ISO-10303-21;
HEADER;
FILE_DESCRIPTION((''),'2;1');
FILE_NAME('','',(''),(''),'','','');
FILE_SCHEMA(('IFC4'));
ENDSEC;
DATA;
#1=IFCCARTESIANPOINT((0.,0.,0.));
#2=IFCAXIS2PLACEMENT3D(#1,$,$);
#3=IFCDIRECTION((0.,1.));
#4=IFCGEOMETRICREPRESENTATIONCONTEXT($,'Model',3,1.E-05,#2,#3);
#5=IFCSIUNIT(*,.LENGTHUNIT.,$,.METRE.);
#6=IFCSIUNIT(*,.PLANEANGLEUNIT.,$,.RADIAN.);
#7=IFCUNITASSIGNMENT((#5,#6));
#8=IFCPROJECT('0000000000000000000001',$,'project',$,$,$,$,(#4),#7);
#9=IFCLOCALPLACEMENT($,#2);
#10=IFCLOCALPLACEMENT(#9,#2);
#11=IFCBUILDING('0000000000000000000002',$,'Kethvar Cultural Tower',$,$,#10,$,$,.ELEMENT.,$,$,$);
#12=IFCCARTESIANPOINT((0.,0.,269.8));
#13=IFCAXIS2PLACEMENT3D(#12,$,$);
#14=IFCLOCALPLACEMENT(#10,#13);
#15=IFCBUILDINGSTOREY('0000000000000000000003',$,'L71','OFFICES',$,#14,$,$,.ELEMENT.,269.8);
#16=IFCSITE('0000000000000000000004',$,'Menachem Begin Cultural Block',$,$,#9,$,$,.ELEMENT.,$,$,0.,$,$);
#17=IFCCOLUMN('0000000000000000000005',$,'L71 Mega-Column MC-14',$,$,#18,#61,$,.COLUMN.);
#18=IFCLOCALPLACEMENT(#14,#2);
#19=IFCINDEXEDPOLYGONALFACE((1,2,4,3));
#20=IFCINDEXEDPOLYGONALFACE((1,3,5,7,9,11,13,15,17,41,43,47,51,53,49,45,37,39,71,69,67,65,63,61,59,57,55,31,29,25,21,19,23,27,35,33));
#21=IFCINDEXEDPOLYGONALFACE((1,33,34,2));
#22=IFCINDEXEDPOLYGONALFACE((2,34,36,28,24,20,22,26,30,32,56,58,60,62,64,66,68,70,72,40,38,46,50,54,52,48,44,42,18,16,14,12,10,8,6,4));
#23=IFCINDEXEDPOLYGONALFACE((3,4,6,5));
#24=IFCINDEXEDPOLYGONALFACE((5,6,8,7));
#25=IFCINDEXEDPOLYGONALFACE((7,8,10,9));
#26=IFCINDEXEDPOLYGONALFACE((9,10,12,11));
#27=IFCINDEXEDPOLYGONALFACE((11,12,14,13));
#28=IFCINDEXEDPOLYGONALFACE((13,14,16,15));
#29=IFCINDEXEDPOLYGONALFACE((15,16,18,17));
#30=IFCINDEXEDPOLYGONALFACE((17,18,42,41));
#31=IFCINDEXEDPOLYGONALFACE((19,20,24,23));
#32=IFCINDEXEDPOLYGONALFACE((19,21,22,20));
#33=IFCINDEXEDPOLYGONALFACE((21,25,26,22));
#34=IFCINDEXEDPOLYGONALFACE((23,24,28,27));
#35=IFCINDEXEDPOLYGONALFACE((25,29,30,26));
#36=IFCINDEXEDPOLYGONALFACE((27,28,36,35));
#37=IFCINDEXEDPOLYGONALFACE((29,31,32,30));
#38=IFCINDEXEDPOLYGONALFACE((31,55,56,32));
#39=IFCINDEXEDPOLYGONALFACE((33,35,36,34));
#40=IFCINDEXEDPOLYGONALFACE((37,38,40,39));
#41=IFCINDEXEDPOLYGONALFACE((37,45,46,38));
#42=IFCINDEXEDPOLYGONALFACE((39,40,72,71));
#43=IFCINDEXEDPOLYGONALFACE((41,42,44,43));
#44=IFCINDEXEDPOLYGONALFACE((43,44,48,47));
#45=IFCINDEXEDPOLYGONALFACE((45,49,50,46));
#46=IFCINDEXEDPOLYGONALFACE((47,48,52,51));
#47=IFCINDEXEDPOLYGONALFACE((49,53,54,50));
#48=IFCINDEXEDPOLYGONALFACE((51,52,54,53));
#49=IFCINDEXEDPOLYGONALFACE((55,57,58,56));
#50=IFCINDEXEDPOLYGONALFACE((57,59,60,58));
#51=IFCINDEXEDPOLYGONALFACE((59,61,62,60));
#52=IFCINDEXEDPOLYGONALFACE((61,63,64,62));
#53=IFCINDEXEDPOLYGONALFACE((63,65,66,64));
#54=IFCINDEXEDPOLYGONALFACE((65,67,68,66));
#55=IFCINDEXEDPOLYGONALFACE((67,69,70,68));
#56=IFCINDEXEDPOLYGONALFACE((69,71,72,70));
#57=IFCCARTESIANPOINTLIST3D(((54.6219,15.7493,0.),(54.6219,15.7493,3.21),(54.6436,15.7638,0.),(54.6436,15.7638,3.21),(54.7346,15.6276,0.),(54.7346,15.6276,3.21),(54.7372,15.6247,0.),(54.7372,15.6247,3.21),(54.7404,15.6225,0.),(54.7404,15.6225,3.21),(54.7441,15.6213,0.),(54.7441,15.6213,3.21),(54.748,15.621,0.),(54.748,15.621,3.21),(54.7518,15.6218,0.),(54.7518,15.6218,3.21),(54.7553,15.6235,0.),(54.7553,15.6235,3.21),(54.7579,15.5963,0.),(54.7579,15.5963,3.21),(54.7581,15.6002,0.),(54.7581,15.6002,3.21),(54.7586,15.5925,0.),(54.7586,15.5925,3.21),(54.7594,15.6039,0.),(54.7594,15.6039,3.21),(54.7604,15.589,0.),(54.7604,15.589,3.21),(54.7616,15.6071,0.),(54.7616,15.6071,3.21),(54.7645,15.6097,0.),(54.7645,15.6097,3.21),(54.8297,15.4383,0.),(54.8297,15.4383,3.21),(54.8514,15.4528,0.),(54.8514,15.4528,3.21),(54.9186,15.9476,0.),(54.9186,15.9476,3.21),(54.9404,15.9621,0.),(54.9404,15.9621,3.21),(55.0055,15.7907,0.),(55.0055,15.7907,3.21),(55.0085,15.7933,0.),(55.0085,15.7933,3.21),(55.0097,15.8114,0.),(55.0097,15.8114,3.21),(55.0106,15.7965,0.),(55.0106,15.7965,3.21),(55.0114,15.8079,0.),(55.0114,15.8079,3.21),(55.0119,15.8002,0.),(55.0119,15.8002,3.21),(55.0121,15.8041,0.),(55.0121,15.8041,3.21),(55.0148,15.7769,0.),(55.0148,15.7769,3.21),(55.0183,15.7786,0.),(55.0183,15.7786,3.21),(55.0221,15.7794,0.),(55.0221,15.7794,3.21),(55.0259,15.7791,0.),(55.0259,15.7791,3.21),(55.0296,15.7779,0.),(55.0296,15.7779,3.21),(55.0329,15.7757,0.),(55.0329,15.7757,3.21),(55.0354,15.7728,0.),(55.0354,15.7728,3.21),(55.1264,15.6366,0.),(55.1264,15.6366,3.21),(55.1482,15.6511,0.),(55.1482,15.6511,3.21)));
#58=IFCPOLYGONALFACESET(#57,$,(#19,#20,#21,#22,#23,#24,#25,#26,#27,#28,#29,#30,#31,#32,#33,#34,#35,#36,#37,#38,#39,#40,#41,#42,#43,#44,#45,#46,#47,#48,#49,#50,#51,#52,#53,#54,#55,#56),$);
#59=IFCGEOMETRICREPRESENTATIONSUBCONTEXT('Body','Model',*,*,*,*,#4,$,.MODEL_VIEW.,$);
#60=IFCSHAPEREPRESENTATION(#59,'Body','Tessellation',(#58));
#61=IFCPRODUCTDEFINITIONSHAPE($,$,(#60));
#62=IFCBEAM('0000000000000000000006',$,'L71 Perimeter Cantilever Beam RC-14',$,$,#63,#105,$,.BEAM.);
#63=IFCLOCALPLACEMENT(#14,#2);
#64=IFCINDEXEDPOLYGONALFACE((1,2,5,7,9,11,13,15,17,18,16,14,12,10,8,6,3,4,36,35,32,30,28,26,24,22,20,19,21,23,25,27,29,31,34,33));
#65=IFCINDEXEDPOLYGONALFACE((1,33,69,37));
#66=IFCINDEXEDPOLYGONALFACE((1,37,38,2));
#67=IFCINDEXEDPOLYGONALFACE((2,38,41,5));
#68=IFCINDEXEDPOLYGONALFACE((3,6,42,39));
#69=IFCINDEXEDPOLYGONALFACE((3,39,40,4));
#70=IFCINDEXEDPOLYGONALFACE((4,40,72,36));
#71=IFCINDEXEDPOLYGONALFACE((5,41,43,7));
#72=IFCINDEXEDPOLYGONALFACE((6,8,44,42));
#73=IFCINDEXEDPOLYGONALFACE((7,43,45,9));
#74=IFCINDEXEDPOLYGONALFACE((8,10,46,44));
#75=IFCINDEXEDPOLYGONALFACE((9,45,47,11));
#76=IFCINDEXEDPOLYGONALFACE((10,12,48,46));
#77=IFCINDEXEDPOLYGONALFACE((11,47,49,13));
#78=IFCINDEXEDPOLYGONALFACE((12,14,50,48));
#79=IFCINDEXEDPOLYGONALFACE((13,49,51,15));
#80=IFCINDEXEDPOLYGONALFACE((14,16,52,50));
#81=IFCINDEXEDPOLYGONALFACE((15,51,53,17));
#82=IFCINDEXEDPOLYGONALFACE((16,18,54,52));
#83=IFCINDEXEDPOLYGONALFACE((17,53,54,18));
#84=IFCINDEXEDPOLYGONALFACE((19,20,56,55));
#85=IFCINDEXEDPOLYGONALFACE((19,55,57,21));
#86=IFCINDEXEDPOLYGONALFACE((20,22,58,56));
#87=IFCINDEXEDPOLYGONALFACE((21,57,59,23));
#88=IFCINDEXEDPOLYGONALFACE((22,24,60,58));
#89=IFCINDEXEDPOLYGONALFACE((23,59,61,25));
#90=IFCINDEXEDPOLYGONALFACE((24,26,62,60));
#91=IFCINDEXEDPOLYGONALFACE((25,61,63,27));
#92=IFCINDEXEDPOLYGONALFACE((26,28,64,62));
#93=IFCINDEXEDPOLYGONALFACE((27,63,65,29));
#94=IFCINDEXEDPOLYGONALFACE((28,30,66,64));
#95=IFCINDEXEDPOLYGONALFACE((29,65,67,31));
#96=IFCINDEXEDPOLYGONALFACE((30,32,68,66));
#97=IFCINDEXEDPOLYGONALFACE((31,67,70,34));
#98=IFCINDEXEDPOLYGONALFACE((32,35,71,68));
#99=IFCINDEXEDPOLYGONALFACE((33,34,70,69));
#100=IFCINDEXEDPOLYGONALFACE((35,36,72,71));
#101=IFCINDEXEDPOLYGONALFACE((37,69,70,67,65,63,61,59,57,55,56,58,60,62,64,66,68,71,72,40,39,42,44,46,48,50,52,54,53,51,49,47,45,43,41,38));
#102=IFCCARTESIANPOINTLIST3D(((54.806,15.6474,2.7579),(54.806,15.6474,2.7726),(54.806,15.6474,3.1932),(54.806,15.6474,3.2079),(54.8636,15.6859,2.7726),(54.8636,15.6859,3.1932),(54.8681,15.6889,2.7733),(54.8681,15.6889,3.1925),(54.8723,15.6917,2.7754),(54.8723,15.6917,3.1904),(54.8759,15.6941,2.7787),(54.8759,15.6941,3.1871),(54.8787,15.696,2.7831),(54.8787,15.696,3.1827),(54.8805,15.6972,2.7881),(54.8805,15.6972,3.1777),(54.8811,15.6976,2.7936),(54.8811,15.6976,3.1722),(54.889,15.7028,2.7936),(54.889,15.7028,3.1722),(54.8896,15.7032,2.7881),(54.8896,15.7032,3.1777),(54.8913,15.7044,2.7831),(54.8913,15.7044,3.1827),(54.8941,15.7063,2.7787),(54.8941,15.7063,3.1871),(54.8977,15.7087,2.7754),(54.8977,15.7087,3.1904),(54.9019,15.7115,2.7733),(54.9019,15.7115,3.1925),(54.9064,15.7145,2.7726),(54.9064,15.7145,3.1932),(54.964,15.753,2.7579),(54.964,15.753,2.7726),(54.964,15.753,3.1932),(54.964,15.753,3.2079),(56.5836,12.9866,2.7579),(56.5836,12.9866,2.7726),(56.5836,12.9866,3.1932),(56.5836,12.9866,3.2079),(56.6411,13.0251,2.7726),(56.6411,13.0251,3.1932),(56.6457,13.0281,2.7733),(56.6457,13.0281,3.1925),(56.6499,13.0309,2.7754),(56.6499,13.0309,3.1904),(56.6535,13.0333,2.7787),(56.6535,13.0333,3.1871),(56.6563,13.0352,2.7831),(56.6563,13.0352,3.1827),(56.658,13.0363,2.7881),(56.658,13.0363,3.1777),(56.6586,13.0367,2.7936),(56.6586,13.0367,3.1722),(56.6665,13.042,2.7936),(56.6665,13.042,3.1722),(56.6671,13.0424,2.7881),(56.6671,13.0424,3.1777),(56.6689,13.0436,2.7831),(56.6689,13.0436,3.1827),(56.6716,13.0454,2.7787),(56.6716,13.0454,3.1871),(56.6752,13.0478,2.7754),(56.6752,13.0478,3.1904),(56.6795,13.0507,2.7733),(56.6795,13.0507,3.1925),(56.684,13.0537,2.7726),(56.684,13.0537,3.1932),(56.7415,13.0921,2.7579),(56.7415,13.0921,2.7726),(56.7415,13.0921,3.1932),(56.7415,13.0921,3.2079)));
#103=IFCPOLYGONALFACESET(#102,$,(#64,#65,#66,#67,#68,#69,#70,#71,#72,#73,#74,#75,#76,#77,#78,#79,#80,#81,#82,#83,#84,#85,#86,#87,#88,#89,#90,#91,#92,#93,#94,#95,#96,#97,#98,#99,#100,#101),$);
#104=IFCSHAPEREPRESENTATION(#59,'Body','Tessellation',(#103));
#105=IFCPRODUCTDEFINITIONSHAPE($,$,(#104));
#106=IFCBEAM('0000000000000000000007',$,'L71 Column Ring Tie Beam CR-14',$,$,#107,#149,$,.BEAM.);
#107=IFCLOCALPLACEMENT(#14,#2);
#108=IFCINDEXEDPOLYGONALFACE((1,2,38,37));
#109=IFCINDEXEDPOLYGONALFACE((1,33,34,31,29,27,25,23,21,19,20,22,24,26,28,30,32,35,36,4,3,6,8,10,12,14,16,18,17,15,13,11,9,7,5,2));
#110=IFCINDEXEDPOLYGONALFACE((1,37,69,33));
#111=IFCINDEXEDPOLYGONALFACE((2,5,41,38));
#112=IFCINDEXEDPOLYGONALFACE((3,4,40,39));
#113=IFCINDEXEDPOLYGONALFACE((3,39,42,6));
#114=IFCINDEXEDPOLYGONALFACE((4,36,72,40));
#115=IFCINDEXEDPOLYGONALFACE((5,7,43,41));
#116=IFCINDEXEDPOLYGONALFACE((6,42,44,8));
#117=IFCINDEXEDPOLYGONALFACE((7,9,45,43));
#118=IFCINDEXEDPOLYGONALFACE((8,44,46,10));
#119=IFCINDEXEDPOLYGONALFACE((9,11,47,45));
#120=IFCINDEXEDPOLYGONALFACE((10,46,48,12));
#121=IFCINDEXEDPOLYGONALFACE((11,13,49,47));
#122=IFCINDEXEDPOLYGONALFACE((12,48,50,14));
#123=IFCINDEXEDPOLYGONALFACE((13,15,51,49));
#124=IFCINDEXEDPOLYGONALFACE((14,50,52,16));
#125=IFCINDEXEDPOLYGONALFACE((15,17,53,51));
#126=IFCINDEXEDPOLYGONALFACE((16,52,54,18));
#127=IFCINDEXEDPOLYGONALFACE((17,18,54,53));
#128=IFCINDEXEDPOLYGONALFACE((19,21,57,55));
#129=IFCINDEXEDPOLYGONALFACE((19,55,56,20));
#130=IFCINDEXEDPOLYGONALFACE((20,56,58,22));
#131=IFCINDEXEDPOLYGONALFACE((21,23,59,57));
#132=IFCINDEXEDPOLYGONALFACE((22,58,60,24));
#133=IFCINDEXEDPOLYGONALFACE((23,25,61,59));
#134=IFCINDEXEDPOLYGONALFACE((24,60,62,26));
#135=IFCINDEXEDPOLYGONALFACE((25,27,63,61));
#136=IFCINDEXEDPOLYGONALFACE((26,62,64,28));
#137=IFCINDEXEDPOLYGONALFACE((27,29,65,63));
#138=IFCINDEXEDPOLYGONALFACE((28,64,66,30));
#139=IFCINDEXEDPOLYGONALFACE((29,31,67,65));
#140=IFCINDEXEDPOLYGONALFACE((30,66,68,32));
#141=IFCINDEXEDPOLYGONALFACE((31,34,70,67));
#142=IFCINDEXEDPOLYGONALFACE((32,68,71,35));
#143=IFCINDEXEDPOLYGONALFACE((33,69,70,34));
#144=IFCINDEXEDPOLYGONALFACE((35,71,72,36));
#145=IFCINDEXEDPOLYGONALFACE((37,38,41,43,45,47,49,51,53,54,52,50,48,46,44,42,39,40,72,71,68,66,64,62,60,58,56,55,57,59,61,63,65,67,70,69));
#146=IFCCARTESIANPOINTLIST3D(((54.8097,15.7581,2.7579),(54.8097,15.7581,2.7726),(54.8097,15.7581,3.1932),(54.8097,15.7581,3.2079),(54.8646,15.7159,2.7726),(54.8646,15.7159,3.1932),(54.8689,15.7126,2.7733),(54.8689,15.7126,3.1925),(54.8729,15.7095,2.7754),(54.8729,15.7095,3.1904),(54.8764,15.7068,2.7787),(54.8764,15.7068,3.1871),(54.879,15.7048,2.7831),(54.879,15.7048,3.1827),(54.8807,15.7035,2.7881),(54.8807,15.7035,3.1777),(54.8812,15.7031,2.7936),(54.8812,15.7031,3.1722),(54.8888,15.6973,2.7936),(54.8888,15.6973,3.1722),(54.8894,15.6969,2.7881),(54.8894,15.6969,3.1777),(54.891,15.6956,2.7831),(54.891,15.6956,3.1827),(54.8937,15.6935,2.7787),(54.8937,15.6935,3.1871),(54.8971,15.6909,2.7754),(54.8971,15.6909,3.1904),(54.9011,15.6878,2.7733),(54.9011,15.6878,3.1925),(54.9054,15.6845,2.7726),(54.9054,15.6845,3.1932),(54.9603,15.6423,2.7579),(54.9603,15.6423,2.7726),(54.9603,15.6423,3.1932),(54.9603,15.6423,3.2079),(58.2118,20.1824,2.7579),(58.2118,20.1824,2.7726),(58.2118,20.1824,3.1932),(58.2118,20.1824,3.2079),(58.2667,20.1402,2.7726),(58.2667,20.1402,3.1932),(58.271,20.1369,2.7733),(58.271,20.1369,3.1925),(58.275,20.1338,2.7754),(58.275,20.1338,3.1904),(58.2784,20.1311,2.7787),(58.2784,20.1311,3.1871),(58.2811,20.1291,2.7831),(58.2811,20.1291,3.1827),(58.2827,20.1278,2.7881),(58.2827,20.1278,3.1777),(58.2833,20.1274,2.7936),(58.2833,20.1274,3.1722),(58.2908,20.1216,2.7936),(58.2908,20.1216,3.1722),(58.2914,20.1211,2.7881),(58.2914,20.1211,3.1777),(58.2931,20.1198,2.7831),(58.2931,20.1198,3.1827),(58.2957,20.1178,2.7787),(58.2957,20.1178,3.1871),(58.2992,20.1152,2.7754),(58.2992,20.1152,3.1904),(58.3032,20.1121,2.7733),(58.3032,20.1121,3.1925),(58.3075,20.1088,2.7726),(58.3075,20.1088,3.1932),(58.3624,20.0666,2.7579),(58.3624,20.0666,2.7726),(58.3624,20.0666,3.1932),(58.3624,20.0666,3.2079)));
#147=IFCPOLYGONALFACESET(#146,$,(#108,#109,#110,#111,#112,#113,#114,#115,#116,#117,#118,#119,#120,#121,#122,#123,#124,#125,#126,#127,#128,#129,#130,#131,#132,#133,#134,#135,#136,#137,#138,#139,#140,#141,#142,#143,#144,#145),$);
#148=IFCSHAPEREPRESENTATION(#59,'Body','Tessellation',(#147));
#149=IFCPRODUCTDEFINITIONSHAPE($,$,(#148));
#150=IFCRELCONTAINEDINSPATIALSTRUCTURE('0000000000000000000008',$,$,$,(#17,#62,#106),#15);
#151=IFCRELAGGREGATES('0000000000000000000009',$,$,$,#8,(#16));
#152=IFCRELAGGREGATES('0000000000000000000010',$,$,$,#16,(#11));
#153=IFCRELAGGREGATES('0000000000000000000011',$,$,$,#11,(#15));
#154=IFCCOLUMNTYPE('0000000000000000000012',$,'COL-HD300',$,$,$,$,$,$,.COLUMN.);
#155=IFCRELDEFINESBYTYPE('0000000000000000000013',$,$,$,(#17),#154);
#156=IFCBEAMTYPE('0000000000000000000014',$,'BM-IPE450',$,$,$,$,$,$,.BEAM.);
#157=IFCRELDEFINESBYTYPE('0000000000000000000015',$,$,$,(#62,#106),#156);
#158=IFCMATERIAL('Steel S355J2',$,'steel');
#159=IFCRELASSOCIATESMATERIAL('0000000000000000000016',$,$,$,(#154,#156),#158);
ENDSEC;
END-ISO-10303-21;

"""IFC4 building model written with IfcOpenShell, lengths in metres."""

from ifc_helpers import new_model, si_unit, direction, frame, origin, origin_2d, place, context, subcontext, project, spatial, i_section, extrude, source, transform, mapped, material, material_profile, profile_set, type_object, element, save


model = new_model("IFC4")

# Units and contexts
model_context = context("Model", 3, precision=1e-05, world=origin(), true_north=direction((0.0, 1.0)))
body_context = subcontext(model_context, "Body", "Model", "MODEL_VIEW")
ifc_project = project(units=[si_unit("LENGTHUNIT", "METRE"), si_unit("PLANEANGLEUNIT", "RADIAN")], contexts=[model_context])

# Site, building, storey
site_placement = place(None, origin())
site = spatial("IfcSite", under=ifc_project, at=site_placement, Name="Menachem Begin Cultural Block", CompositionType="ELEMENT", RefElevation=0.0)
building_placement = place(site_placement, origin())
building = spatial("IfcBuilding", under=site, at=building_placement, Name="Kethvar Cultural Tower", CompositionType="ELEMENT")
storey_placement = place(building_placement, frame((0.0, 0.0, 269.8)))
storey = spatial("IfcBuildingStorey", under=building, at=storey_placement, Name="L71", Description="OFFICES", CompositionType="ELEMENT", Elevation=269.8)

# Column
ifc_material_1 = material(Name="Steel S355J2", Category="steel")
ifc_material_profile_1 = material_profile(ifc_material_1, i_section(OverallWidth=0.374, OverallDepth=0.3831, WebThickness=0.0166, FlangeThickness=0.0261, FilletRadius=0.0149, at=origin_2d()), Name="Steel S355J2 — HD360x300")
ifc_profile_set_1 = profile_set([ifc_material_profile_1], Name="Steel S355J2 — HD360x300")
column_type = type_object("IfcColumnType", Name="COL-HD300", PredefinedType="COLUMN", material=ifc_profile_set_1)
shared_shape_1 = source(origin(), body_context, "Body", "SweptSolid", [
    extrude(i_section(OverallWidth=0.374, OverallDepth=0.3831, WebThickness=0.0166, FlangeThickness=0.0261, FilletRadius=0.0149, at=origin_2d()), origin(), (0.0, 0.0, 1.0), 3.21),
])
column_placement = place(storey_placement, frame((54.885, 15.7002, 0.0), z_axis=(0.0, 0.0, 1.0), x_axis=(0.55557, -0.83147, 0.0)))
element("IfcColumn", 1, at=column_placement, inside=storey, type_object=column_type, Name="L71 Mega-Column MC-14", PredefinedType="COLUMN", context=body_context, shape_type="MappedRepresentation", body=[
    mapped(shared_shape_1, transform((0.0, 0.0, 0.0), scale=1.0)),
])

# Beams
ifc_material_profile_2 = material_profile(ifc_material_1, i_section(OverallWidth=0.1899, OverallDepth=0.45, WebThickness=0.0095, FlangeThickness=0.0146, FilletRadius=0.021, at=origin_2d()), Name="Steel S355J2 — IPE450")
ifc_profile_set_2 = profile_set([ifc_material_profile_2], Name="Steel S355J2 — IPE450")
beam_type_1 = type_object("IfcBeamType", Name="BM-IPE450", PredefinedType="BEAM", material=ifc_profile_set_2)
shared_shape_2 = source(origin(), body_context, "Body", "SweptSolid", [
    extrude(i_section(OverallWidth=0.1899, OverallDepth=0.45, WebThickness=0.0095, FlangeThickness=0.0146, FilletRadius=0.021, at=origin_2d()), origin(), (0.0, 0.0, 1.0), 3.2),
])
beam_1_placement = place(storey_placement, frame((54.885, 15.7002, 2.9829), z_axis=(0.555492, -0.831522, 0.0), x_axis=(0.831522, 0.555492, 0.0)))
element("IfcBeam", 2, at=beam_1_placement, inside=storey, type_object=beam_type_1, Name="L71 Perimeter Cantilever Beam RC-14", PredefinedType="BEAM", context=body_context, shape_type="MappedRepresentation", body=[
    mapped(shared_shape_2, transform((0.0, 0.0, 0.0), scale=1.0)),
])
shared_shape_3 = source(origin(), body_context, "Body", "SweptSolid", [
    extrude(i_section(OverallWidth=0.1899, OverallDepth=0.45, WebThickness=0.0095, FlangeThickness=0.0146, FilletRadius=0.021, at=origin_2d()), origin(), (0.0, 0.0, 1.0), 5.5811),
])
beam_2_placement = place(storey_placement, frame((54.885, 15.7002, 2.9829), z_axis=(0.609573, 0.79273, 0.0), x_axis=(-0.79273, 0.609573, 0.0)))
element("IfcBeam", 3, at=beam_2_placement, inside=storey, type_object=beam_type_1, Name="L71 Column Ring Tie Beam CR-14", PredefinedType="BEAM", context=body_context, shape_type="MappedRepresentation", body=[
    mapped(shared_shape_3, transform((0.0, 0.0, 0.0), scale=1.0)),
])

save(model, "model.ifc")
